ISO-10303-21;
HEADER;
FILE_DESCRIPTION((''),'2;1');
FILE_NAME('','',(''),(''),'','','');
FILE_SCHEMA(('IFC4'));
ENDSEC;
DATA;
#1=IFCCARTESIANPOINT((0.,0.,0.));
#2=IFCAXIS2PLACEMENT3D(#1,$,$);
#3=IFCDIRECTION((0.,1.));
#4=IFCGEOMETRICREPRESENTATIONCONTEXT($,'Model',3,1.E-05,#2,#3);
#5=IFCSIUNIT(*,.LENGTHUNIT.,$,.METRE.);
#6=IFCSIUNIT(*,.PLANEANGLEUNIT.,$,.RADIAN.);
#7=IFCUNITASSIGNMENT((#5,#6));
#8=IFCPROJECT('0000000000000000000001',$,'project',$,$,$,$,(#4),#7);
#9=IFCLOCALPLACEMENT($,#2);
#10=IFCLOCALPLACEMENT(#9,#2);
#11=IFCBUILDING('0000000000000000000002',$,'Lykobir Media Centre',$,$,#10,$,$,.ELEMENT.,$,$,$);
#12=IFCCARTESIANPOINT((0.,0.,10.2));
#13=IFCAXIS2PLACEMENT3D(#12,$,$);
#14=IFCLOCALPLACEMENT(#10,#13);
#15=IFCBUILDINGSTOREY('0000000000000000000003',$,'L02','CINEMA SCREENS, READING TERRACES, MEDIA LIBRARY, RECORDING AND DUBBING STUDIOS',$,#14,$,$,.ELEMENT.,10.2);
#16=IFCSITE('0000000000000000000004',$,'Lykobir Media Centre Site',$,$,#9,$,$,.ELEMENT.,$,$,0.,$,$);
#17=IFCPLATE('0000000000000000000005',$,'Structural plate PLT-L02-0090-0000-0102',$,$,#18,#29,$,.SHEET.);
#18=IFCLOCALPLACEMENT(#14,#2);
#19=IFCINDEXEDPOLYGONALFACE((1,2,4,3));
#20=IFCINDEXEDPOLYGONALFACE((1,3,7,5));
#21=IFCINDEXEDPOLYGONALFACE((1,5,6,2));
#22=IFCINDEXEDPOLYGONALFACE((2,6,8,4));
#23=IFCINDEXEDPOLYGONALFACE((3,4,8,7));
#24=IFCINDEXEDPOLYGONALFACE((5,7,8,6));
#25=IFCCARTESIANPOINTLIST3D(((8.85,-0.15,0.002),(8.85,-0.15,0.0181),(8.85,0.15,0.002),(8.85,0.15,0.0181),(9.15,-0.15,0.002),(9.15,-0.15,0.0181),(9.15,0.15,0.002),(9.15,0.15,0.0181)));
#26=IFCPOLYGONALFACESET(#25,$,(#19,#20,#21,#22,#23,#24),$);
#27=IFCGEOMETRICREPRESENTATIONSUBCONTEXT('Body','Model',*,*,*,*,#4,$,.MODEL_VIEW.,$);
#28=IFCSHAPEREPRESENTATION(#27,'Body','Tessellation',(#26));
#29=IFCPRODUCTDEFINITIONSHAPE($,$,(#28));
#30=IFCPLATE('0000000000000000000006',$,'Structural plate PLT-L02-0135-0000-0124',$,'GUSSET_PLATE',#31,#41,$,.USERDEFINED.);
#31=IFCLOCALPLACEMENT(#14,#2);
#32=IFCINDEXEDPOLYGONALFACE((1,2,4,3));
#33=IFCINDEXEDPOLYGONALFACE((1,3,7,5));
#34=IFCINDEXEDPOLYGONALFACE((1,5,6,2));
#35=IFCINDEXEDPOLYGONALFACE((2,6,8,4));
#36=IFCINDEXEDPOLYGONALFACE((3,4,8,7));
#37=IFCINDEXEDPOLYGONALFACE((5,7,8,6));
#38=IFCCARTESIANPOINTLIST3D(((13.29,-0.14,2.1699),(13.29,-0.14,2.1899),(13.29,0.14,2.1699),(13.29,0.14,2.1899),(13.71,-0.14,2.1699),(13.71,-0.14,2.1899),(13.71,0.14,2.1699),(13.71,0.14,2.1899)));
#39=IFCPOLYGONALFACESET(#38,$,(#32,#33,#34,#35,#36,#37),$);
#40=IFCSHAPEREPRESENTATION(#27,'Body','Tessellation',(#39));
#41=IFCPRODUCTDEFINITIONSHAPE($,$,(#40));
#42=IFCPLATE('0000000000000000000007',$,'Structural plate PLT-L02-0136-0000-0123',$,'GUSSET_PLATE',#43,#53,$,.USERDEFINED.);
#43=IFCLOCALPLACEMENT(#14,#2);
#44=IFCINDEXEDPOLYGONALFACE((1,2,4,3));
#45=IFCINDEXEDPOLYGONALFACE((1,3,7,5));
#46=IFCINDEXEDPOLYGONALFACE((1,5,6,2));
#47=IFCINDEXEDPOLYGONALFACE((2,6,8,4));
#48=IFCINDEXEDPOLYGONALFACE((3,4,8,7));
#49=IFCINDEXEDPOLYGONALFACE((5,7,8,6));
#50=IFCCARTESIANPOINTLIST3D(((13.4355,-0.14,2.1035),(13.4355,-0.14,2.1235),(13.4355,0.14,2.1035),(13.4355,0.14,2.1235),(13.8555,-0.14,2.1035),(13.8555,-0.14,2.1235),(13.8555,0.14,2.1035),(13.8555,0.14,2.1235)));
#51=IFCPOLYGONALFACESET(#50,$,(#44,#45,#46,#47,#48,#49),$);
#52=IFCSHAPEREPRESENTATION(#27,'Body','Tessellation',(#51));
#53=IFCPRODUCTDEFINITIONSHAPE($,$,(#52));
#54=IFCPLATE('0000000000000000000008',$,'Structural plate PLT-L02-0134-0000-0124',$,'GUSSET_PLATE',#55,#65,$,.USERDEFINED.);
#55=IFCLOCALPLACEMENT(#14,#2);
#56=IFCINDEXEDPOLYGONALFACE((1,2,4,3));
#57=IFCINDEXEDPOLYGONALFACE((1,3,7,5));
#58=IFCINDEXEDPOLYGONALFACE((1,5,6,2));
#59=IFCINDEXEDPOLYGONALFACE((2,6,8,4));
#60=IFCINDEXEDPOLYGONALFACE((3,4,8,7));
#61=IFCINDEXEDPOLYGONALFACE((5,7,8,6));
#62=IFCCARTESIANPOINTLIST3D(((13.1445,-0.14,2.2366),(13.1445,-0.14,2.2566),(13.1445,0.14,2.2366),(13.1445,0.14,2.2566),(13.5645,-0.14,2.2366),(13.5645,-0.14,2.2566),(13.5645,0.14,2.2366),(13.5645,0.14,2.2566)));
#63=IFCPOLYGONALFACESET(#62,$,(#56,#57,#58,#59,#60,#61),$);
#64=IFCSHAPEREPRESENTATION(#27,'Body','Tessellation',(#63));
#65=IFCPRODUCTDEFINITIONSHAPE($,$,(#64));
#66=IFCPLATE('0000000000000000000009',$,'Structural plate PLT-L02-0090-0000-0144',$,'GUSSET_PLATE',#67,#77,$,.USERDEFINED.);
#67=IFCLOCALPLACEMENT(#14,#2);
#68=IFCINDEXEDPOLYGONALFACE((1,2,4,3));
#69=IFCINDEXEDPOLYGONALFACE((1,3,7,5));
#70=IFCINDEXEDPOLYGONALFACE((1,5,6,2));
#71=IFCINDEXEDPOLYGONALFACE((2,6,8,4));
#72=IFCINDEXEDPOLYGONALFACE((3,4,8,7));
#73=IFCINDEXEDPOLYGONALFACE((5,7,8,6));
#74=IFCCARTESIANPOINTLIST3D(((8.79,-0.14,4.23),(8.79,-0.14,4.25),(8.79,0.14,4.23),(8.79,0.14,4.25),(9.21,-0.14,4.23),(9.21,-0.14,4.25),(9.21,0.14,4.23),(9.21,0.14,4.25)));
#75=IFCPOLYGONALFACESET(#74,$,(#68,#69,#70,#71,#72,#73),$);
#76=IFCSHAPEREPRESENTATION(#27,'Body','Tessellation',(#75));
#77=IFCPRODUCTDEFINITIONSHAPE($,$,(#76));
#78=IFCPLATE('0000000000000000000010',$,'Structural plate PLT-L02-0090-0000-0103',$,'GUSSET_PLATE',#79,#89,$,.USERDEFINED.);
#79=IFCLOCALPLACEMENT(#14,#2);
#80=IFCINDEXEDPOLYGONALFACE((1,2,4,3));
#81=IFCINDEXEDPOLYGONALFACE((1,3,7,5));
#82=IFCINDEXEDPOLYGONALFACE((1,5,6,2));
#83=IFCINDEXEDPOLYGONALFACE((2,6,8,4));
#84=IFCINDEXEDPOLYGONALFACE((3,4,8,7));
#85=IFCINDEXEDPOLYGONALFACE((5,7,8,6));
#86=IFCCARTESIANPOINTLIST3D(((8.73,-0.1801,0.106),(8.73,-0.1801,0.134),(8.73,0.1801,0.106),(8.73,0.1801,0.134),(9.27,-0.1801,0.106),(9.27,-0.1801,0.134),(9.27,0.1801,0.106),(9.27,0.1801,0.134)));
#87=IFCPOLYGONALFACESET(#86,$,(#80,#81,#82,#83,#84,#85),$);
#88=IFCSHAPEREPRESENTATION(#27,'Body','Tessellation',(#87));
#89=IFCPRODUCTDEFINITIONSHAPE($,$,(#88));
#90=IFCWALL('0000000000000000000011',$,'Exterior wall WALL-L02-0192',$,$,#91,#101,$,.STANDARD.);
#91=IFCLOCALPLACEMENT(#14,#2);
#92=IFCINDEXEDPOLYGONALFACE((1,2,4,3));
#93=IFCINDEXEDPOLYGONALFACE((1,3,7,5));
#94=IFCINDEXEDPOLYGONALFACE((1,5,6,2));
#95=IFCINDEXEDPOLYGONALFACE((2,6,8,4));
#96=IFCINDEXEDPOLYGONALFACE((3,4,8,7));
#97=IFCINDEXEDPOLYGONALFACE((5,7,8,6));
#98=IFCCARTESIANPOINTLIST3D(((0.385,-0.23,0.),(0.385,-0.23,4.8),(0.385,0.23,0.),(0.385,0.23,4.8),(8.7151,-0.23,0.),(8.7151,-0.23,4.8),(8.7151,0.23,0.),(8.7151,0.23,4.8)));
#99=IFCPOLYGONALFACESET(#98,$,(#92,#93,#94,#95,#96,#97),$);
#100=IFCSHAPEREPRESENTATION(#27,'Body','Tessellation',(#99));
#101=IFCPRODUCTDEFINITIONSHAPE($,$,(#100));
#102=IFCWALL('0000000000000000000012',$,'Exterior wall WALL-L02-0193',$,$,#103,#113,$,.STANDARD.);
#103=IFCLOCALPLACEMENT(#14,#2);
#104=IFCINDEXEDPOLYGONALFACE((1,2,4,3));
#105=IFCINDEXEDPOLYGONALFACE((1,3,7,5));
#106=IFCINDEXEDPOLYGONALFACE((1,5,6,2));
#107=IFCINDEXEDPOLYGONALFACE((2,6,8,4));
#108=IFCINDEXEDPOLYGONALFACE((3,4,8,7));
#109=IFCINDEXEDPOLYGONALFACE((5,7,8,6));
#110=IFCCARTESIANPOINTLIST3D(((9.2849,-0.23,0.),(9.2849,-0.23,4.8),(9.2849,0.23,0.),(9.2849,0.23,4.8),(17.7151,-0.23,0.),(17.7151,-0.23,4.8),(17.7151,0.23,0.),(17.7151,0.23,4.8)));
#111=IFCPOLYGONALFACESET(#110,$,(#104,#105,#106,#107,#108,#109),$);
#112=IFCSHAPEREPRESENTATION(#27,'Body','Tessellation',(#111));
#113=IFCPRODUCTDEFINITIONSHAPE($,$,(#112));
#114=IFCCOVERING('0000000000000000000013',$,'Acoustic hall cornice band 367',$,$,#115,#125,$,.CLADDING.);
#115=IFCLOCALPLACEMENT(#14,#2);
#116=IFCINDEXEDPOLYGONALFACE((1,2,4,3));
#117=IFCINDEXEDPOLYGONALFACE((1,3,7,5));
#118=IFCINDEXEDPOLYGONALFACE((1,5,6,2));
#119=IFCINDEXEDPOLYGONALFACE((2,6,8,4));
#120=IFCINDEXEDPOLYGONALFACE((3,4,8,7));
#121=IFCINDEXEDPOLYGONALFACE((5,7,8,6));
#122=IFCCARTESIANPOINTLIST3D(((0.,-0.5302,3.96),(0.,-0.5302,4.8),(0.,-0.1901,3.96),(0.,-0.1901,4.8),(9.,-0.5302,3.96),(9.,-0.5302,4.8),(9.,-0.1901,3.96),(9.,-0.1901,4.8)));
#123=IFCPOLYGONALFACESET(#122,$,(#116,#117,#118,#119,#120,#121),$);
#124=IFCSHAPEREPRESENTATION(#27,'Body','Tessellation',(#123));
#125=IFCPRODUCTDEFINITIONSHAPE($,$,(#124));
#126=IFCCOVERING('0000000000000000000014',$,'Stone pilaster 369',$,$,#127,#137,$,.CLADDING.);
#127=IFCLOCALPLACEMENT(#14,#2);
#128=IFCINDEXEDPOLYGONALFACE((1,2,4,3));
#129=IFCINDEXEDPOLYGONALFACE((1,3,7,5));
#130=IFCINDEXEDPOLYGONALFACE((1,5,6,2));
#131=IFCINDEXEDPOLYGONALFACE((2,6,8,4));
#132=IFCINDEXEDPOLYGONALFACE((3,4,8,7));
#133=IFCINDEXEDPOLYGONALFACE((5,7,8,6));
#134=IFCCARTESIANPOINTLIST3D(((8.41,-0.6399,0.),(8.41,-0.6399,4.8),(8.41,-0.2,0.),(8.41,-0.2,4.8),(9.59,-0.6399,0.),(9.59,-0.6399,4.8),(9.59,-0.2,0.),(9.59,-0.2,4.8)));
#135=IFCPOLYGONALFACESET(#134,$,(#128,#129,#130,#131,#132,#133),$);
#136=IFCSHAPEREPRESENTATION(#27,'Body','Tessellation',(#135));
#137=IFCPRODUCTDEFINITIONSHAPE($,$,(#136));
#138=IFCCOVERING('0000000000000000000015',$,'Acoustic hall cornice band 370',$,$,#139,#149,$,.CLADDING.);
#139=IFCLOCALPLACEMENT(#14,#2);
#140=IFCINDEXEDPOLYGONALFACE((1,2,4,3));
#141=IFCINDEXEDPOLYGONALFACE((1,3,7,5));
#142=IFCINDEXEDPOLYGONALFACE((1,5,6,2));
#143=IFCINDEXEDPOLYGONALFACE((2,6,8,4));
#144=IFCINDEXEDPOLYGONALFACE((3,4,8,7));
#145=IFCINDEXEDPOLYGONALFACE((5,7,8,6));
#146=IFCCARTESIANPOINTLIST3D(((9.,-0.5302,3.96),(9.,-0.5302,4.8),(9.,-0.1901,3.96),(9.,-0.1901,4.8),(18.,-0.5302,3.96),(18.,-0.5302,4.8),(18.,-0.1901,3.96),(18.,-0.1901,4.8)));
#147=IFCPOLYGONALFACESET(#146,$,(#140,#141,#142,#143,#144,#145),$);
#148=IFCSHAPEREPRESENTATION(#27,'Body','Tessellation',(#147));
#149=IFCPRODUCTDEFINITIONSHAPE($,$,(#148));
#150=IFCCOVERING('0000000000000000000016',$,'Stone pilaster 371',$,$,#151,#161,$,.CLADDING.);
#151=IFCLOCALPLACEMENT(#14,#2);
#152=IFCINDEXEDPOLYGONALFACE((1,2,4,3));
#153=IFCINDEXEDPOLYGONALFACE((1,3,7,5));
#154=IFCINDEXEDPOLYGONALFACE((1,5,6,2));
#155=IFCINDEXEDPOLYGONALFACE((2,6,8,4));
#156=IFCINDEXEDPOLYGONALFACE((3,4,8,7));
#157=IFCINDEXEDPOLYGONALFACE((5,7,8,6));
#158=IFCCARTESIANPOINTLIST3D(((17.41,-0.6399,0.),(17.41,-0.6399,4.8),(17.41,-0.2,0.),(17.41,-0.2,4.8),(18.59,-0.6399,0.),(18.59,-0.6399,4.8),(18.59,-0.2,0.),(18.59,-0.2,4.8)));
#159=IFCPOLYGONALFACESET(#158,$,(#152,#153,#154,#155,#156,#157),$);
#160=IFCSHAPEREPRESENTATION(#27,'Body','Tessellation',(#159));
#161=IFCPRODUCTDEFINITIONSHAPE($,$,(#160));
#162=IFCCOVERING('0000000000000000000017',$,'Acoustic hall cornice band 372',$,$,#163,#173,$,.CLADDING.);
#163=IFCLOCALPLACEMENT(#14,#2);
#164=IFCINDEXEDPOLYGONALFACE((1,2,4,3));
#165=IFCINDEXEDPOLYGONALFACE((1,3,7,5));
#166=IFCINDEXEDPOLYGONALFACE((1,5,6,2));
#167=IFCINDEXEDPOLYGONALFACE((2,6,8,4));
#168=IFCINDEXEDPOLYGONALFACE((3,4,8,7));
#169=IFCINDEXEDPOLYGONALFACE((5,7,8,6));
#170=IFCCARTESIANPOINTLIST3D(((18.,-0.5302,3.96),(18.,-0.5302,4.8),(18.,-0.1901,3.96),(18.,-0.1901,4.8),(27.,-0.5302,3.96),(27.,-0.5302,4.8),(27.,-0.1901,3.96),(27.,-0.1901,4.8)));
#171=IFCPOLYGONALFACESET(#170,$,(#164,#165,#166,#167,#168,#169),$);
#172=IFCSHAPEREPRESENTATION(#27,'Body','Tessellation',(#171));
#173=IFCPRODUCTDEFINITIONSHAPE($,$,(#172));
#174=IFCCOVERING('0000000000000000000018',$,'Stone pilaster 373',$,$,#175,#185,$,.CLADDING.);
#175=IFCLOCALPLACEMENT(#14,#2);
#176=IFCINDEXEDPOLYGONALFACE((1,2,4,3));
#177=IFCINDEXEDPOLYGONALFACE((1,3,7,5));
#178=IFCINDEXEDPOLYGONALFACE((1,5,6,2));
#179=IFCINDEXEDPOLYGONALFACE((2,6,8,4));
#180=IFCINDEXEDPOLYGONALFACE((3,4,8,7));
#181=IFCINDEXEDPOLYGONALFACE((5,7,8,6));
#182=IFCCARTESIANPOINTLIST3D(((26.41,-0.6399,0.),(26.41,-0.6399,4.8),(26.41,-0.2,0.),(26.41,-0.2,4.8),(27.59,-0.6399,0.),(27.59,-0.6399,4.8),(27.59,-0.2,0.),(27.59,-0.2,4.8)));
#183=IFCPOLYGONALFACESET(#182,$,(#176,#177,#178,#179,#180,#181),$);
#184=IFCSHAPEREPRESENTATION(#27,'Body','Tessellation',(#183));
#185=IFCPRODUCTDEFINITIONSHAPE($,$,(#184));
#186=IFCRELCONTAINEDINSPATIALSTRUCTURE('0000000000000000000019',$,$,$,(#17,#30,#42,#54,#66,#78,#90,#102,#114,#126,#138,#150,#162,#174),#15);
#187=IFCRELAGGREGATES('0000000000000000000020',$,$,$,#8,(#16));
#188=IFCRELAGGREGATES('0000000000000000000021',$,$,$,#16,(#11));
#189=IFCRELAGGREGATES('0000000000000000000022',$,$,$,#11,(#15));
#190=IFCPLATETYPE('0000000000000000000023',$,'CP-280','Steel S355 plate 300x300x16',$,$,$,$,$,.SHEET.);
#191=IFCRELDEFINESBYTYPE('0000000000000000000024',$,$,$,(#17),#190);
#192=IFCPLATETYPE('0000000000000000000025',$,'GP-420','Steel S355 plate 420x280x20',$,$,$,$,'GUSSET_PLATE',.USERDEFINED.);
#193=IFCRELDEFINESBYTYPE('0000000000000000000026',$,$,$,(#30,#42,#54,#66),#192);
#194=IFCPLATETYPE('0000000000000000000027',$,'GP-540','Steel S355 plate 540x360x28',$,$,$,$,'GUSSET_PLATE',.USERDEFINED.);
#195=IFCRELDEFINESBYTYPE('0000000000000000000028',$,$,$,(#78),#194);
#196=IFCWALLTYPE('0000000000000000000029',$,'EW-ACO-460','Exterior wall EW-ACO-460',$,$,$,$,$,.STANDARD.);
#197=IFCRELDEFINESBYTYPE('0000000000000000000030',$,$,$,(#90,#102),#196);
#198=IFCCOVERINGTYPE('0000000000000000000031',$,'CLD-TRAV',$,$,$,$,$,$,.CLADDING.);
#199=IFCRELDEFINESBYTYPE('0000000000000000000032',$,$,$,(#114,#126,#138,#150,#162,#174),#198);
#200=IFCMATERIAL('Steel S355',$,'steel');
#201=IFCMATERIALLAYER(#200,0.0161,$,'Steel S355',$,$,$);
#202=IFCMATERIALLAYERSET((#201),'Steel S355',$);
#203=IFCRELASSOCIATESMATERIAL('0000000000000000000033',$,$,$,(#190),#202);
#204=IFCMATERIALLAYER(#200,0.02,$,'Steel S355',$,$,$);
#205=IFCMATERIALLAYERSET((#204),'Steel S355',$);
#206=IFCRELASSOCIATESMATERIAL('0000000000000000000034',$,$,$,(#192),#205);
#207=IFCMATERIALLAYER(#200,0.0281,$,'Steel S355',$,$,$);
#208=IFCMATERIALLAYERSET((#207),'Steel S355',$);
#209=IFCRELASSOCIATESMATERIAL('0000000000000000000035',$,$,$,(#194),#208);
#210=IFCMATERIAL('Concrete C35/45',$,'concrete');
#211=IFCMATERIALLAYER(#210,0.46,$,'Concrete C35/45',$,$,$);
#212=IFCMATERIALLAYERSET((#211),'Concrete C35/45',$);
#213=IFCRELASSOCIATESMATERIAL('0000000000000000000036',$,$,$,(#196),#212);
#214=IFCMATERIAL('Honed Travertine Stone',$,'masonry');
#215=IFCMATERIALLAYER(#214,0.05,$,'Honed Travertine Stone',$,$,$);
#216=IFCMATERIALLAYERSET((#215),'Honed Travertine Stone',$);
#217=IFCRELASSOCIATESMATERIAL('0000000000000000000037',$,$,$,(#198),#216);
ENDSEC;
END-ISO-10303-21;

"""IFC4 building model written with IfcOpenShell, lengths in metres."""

from ifc_helpers import new_model, si_unit, direction, frame, frame_2d, origin, origin_2d, place, context, subcontext, project, spatial, rectangle, extrude, material, layer, layer_set, type_object, element, save


model = new_model("IFC4")

# Units and contexts
model_context = context("Model", 3, precision=1e-05, world=origin(), true_north=direction((0.0, 1.0)))
body_context = subcontext(model_context, "Body", "Model", "MODEL_VIEW")
ifc_project = project(units=[si_unit("LENGTHUNIT", "METRE"), si_unit("PLANEANGLEUNIT", "RADIAN")], contexts=[model_context])

# Site, building, storey
site_placement = place(None, origin())
site = spatial("IfcSite", under=ifc_project, at=site_placement, Name="Lykobir Media Centre Site", CompositionType="ELEMENT", RefElevation=0.0)
building_placement = place(site_placement, origin())
building = spatial("IfcBuilding", under=site, at=building_placement, Name="Lykobir Media Centre", CompositionType="ELEMENT")
storey_placement = place(building_placement, frame((0.0, 0.0, 10.2)))
storey = spatial("IfcBuildingStorey", under=building, at=storey_placement, Name="L02", Description="CINEMA SCREENS, READING TERRACES, MEDIA LIBRARY, RECORDING AND DUBBING STUDIOS", CompositionType="ELEMENT", Elevation=10.2)

# Shared definitions
ifc_material_1 = material(Name="Honed Travertine Stone", Category="masonry")

# Shared definitions
ifc_material_2 = material(Name="Steel S355", Category="steel")

# Plates
ifc_layer_1 = layer(ifc_material_2, 0.0161, Name="Steel S355")
ifc_layer_set_1 = layer_set([ifc_layer_1], Name="Steel S355")
plate_type_1 = type_object("IfcPlateType", Name="CP-280", Description="Steel S355 plate 300x300x16", PredefinedType="SHEET", material=ifc_layer_set_1)
plate_1_placement = place(storey_placement, frame((9.0, 0.0, 0.002), z_axis=(0.0, 0.0, 1.0), x_axis=(1.0, 0.0, 0.0)))
element("IfcPlate", 1, at=plate_1_placement, inside=storey, type_object=plate_type_1, Name="Structural plate PLT-L02-0090-0000-0102", PredefinedType="SHEET", context=body_context, shape_type="SweptSolid", body=[
    extrude(rectangle(XDim=0.3, YDim=0.3, at=origin_2d()), origin(), (0.0, 0.0, 1.0), 0.0161),
])
ifc_layer_2 = layer(ifc_material_2, 0.02, Name="Steel S355")
ifc_layer_set_2 = layer_set([ifc_layer_2], Name="Steel S355")
plate_type_2 = type_object("IfcPlateType", Name="GP-420", Description="Steel S355 plate 420x280x20", ElementType="GUSSET_PLATE", PredefinedType="USERDEFINED", material=ifc_layer_set_2)
for number, where, z_axis, x_axis, name in (
    (2, (13.5, 0.0, 2.1699), (0.0, 0.0, 1.0), (1.0, 0.0, 0.0), "Structural plate PLT-L02-0135-0000-0124"),
    (3, (13.6455, 0.0, 2.1035), (0.0, 0.0, 1.0), (1.0, 0.0, 0.0), "Structural plate PLT-L02-0136-0000-0123"),
    (4, (13.3545, 0.0, 2.2366), (0.0, 0.0, 1.0), (1.0, 0.0, 0.0), "Structural plate PLT-L02-0134-0000-0124"),
    (5, (9.0, 0.0, 4.23), (0.0, 0.0, 1.0), (1.0, 0.0, 0.0), "Structural plate PLT-L02-0090-0000-0144"),
):
    element("IfcPlate", number, at=place(storey_placement, frame(where, z_axis=z_axis, x_axis=x_axis)), inside=storey, type_object=plate_type_2, Name=name, ObjectType="GUSSET_PLATE", PredefinedType="USERDEFINED", context=body_context, shape_type="SweptSolid", body=[
        extrude(rectangle(XDim=0.4199, YDim=0.28, at=origin_2d()), origin(), (0.0, 0.0, 1.0), 0.02),
    ])
ifc_layer_3 = layer(ifc_material_2, 0.0281, Name="Steel S355")
ifc_layer_set_3 = layer_set([ifc_layer_3], Name="Steel S355")
plate_type_3 = type_object("IfcPlateType", Name="GP-540", Description="Steel S355 plate 540x360x28", ElementType="GUSSET_PLATE", PredefinedType="USERDEFINED", material=ifc_layer_set_3)
plate_2_placement = place(storey_placement, frame((9.0, 0.0, 0.106), z_axis=(0.0, 0.0, 1.0), x_axis=(1.0, 0.0, 0.0)))
element("IfcPlate", 6, at=plate_2_placement, inside=storey, type_object=plate_type_3, Name="Structural plate PLT-L02-0090-0000-0103", ObjectType="GUSSET_PLATE", PredefinedType="USERDEFINED", context=body_context, shape_type="SweptSolid", body=[
    extrude(rectangle(XDim=0.54, YDim=0.3601, at=origin_2d()), origin(), (0.0, 0.0, 1.0), 0.0281),
])

# Walls
ifc_material_3 = material(Name="Concrete C35/45", Category="concrete")
ifc_layer_4 = layer(ifc_material_3, 0.46, Name="Concrete C35/45")
ifc_layer_set_4 = layer_set([ifc_layer_4], Name="Concrete C35/45")
wall_type = type_object("IfcWallType", Name="EW-ACO-460", Description="Exterior wall EW-ACO-460", PredefinedType="STANDARD", material=ifc_layer_set_4)
wall_1_placement = place(storey_placement, frame((0.385, 0.0, 0.0), z_axis=(0.0, 0.0, 1.0), x_axis=(1.0, 0.0, 0.0)))
element("IfcWall", 7, at=wall_1_placement, inside=storey, type_object=wall_type, Name="Exterior wall WALL-L02-0192", PredefinedType="STANDARD", context=body_context, shape_type="SweptSolid", body=[
    extrude(rectangle(XDim=8.3301, YDim=0.46, at=frame_2d((4.165, 0.0))), origin(), (0.0, 0.0, 1.0), 4.8),
])
wall_2_placement = place(storey_placement, frame((9.2849, 0.0, 0.0), z_axis=(0.0, 0.0, 1.0), x_axis=(1.0, 0.0, 0.0)))
element("IfcWall", 8, at=wall_2_placement, inside=storey, type_object=wall_type, Name="Exterior wall WALL-L02-0193", PredefinedType="STANDARD", context=body_context, shape_type="SweptSolid", body=[
    extrude(rectangle(XDim=8.4302, YDim=0.46, at=frame_2d((4.2151, 0.0))), origin(), (0.0, 0.0, 1.0), 4.8),
])

# Coverings
ifc_layer_5 = layer(ifc_material_1, 0.05, Name="Honed Travertine Stone")
ifc_layer_set_5 = layer_set([ifc_layer_5], Name="Honed Travertine Stone")
covering_type = type_object("IfcCoveringType", Name="CLD-TRAV", PredefinedType="CLADDING", material=ifc_layer_set_5)
covering_1_placement = place(storey_placement, frame((4.5, -0.3601, 3.96), z_axis=(0.0, 0.0, 1.0), x_axis=(1.0, 0.0, 0.0)))
element("IfcCovering", 9, at=covering_1_placement, inside=storey, type_object=covering_type, Name="Acoustic hall cornice band 367", PredefinedType="CLADDING", context=body_context, shape_type="SweptSolid", body=[
    extrude(rectangle(XDim=9.0, YDim=0.3401, at=origin_2d()), origin(), (0.0, 0.0, 1.0), 0.8401),
])
covering_2_placement = place(storey_placement, frame((9.0, -0.4199, 0.0), z_axis=(0.0, 0.0, 1.0), x_axis=(1.0, 0.0, 0.0)))
element("IfcCovering", 10, at=covering_2_placement, inside=storey, type_object=covering_type, Name="Stone pilaster 369", PredefinedType="CLADDING", context=body_context, shape_type="SweptSolid", body=[
    extrude(rectangle(XDim=1.1799, YDim=0.4399, at=origin_2d()), origin(), (0.0, 0.0, 1.0), 4.8),
])
covering_3_placement = place(storey_placement, frame((13.5, -0.3601, 3.96), z_axis=(0.0, 0.0, 1.0), x_axis=(1.0, 0.0, 0.0)))
element("IfcCovering", 11, at=covering_3_placement, inside=storey, type_object=covering_type, Name="Acoustic hall cornice band 370", PredefinedType="CLADDING", context=body_context, shape_type="SweptSolid", body=[
    extrude(rectangle(XDim=9.0, YDim=0.3401, at=origin_2d()), origin(), (0.0, 0.0, 1.0), 0.8401),
])
covering_4_placement = place(storey_placement, frame((18.0, -0.4199, 0.0), z_axis=(0.0, 0.0, 1.0), x_axis=(1.0, 0.0, 0.0)))
element("IfcCovering", 12, at=covering_4_placement, inside=storey, type_object=covering_type, Name="Stone pilaster 371", PredefinedType="CLADDING", context=body_context, shape_type="SweptSolid", body=[
    extrude(rectangle(XDim=1.1799, YDim=0.4399, at=origin_2d()), origin(), (0.0, 0.0, 1.0), 4.8),
])
covering_5_placement = place(storey_placement, frame((22.5, -0.3601, 3.96), z_axis=(0.0, 0.0, 1.0), x_axis=(1.0, 0.0, 0.0)))
element("IfcCovering", 13, at=covering_5_placement, inside=storey, type_object=covering_type, Name="Acoustic hall cornice band 372", PredefinedType="CLADDING", context=body_context, shape_type="SweptSolid", body=[
    extrude(rectangle(XDim=9.0, YDim=0.3401, at=origin_2d()), origin(), (0.0, 0.0, 1.0), 0.8401),
])
covering_6_placement = place(storey_placement, frame((27.0, -0.4199, 0.0), z_axis=(0.0, 0.0, 1.0), x_axis=(1.0, 0.0, 0.0)))
element("IfcCovering", 14, at=covering_6_placement, inside=storey, type_object=covering_type, Name="Stone pilaster 373", PredefinedType="CLADDING", context=body_context, shape_type="SweptSolid", body=[
    extrude(rectangle(XDim=1.1799, YDim=0.4399, at=origin_2d()), origin(), (0.0, 0.0, 1.0), 4.8),
])

save(model, "model.ifc")
